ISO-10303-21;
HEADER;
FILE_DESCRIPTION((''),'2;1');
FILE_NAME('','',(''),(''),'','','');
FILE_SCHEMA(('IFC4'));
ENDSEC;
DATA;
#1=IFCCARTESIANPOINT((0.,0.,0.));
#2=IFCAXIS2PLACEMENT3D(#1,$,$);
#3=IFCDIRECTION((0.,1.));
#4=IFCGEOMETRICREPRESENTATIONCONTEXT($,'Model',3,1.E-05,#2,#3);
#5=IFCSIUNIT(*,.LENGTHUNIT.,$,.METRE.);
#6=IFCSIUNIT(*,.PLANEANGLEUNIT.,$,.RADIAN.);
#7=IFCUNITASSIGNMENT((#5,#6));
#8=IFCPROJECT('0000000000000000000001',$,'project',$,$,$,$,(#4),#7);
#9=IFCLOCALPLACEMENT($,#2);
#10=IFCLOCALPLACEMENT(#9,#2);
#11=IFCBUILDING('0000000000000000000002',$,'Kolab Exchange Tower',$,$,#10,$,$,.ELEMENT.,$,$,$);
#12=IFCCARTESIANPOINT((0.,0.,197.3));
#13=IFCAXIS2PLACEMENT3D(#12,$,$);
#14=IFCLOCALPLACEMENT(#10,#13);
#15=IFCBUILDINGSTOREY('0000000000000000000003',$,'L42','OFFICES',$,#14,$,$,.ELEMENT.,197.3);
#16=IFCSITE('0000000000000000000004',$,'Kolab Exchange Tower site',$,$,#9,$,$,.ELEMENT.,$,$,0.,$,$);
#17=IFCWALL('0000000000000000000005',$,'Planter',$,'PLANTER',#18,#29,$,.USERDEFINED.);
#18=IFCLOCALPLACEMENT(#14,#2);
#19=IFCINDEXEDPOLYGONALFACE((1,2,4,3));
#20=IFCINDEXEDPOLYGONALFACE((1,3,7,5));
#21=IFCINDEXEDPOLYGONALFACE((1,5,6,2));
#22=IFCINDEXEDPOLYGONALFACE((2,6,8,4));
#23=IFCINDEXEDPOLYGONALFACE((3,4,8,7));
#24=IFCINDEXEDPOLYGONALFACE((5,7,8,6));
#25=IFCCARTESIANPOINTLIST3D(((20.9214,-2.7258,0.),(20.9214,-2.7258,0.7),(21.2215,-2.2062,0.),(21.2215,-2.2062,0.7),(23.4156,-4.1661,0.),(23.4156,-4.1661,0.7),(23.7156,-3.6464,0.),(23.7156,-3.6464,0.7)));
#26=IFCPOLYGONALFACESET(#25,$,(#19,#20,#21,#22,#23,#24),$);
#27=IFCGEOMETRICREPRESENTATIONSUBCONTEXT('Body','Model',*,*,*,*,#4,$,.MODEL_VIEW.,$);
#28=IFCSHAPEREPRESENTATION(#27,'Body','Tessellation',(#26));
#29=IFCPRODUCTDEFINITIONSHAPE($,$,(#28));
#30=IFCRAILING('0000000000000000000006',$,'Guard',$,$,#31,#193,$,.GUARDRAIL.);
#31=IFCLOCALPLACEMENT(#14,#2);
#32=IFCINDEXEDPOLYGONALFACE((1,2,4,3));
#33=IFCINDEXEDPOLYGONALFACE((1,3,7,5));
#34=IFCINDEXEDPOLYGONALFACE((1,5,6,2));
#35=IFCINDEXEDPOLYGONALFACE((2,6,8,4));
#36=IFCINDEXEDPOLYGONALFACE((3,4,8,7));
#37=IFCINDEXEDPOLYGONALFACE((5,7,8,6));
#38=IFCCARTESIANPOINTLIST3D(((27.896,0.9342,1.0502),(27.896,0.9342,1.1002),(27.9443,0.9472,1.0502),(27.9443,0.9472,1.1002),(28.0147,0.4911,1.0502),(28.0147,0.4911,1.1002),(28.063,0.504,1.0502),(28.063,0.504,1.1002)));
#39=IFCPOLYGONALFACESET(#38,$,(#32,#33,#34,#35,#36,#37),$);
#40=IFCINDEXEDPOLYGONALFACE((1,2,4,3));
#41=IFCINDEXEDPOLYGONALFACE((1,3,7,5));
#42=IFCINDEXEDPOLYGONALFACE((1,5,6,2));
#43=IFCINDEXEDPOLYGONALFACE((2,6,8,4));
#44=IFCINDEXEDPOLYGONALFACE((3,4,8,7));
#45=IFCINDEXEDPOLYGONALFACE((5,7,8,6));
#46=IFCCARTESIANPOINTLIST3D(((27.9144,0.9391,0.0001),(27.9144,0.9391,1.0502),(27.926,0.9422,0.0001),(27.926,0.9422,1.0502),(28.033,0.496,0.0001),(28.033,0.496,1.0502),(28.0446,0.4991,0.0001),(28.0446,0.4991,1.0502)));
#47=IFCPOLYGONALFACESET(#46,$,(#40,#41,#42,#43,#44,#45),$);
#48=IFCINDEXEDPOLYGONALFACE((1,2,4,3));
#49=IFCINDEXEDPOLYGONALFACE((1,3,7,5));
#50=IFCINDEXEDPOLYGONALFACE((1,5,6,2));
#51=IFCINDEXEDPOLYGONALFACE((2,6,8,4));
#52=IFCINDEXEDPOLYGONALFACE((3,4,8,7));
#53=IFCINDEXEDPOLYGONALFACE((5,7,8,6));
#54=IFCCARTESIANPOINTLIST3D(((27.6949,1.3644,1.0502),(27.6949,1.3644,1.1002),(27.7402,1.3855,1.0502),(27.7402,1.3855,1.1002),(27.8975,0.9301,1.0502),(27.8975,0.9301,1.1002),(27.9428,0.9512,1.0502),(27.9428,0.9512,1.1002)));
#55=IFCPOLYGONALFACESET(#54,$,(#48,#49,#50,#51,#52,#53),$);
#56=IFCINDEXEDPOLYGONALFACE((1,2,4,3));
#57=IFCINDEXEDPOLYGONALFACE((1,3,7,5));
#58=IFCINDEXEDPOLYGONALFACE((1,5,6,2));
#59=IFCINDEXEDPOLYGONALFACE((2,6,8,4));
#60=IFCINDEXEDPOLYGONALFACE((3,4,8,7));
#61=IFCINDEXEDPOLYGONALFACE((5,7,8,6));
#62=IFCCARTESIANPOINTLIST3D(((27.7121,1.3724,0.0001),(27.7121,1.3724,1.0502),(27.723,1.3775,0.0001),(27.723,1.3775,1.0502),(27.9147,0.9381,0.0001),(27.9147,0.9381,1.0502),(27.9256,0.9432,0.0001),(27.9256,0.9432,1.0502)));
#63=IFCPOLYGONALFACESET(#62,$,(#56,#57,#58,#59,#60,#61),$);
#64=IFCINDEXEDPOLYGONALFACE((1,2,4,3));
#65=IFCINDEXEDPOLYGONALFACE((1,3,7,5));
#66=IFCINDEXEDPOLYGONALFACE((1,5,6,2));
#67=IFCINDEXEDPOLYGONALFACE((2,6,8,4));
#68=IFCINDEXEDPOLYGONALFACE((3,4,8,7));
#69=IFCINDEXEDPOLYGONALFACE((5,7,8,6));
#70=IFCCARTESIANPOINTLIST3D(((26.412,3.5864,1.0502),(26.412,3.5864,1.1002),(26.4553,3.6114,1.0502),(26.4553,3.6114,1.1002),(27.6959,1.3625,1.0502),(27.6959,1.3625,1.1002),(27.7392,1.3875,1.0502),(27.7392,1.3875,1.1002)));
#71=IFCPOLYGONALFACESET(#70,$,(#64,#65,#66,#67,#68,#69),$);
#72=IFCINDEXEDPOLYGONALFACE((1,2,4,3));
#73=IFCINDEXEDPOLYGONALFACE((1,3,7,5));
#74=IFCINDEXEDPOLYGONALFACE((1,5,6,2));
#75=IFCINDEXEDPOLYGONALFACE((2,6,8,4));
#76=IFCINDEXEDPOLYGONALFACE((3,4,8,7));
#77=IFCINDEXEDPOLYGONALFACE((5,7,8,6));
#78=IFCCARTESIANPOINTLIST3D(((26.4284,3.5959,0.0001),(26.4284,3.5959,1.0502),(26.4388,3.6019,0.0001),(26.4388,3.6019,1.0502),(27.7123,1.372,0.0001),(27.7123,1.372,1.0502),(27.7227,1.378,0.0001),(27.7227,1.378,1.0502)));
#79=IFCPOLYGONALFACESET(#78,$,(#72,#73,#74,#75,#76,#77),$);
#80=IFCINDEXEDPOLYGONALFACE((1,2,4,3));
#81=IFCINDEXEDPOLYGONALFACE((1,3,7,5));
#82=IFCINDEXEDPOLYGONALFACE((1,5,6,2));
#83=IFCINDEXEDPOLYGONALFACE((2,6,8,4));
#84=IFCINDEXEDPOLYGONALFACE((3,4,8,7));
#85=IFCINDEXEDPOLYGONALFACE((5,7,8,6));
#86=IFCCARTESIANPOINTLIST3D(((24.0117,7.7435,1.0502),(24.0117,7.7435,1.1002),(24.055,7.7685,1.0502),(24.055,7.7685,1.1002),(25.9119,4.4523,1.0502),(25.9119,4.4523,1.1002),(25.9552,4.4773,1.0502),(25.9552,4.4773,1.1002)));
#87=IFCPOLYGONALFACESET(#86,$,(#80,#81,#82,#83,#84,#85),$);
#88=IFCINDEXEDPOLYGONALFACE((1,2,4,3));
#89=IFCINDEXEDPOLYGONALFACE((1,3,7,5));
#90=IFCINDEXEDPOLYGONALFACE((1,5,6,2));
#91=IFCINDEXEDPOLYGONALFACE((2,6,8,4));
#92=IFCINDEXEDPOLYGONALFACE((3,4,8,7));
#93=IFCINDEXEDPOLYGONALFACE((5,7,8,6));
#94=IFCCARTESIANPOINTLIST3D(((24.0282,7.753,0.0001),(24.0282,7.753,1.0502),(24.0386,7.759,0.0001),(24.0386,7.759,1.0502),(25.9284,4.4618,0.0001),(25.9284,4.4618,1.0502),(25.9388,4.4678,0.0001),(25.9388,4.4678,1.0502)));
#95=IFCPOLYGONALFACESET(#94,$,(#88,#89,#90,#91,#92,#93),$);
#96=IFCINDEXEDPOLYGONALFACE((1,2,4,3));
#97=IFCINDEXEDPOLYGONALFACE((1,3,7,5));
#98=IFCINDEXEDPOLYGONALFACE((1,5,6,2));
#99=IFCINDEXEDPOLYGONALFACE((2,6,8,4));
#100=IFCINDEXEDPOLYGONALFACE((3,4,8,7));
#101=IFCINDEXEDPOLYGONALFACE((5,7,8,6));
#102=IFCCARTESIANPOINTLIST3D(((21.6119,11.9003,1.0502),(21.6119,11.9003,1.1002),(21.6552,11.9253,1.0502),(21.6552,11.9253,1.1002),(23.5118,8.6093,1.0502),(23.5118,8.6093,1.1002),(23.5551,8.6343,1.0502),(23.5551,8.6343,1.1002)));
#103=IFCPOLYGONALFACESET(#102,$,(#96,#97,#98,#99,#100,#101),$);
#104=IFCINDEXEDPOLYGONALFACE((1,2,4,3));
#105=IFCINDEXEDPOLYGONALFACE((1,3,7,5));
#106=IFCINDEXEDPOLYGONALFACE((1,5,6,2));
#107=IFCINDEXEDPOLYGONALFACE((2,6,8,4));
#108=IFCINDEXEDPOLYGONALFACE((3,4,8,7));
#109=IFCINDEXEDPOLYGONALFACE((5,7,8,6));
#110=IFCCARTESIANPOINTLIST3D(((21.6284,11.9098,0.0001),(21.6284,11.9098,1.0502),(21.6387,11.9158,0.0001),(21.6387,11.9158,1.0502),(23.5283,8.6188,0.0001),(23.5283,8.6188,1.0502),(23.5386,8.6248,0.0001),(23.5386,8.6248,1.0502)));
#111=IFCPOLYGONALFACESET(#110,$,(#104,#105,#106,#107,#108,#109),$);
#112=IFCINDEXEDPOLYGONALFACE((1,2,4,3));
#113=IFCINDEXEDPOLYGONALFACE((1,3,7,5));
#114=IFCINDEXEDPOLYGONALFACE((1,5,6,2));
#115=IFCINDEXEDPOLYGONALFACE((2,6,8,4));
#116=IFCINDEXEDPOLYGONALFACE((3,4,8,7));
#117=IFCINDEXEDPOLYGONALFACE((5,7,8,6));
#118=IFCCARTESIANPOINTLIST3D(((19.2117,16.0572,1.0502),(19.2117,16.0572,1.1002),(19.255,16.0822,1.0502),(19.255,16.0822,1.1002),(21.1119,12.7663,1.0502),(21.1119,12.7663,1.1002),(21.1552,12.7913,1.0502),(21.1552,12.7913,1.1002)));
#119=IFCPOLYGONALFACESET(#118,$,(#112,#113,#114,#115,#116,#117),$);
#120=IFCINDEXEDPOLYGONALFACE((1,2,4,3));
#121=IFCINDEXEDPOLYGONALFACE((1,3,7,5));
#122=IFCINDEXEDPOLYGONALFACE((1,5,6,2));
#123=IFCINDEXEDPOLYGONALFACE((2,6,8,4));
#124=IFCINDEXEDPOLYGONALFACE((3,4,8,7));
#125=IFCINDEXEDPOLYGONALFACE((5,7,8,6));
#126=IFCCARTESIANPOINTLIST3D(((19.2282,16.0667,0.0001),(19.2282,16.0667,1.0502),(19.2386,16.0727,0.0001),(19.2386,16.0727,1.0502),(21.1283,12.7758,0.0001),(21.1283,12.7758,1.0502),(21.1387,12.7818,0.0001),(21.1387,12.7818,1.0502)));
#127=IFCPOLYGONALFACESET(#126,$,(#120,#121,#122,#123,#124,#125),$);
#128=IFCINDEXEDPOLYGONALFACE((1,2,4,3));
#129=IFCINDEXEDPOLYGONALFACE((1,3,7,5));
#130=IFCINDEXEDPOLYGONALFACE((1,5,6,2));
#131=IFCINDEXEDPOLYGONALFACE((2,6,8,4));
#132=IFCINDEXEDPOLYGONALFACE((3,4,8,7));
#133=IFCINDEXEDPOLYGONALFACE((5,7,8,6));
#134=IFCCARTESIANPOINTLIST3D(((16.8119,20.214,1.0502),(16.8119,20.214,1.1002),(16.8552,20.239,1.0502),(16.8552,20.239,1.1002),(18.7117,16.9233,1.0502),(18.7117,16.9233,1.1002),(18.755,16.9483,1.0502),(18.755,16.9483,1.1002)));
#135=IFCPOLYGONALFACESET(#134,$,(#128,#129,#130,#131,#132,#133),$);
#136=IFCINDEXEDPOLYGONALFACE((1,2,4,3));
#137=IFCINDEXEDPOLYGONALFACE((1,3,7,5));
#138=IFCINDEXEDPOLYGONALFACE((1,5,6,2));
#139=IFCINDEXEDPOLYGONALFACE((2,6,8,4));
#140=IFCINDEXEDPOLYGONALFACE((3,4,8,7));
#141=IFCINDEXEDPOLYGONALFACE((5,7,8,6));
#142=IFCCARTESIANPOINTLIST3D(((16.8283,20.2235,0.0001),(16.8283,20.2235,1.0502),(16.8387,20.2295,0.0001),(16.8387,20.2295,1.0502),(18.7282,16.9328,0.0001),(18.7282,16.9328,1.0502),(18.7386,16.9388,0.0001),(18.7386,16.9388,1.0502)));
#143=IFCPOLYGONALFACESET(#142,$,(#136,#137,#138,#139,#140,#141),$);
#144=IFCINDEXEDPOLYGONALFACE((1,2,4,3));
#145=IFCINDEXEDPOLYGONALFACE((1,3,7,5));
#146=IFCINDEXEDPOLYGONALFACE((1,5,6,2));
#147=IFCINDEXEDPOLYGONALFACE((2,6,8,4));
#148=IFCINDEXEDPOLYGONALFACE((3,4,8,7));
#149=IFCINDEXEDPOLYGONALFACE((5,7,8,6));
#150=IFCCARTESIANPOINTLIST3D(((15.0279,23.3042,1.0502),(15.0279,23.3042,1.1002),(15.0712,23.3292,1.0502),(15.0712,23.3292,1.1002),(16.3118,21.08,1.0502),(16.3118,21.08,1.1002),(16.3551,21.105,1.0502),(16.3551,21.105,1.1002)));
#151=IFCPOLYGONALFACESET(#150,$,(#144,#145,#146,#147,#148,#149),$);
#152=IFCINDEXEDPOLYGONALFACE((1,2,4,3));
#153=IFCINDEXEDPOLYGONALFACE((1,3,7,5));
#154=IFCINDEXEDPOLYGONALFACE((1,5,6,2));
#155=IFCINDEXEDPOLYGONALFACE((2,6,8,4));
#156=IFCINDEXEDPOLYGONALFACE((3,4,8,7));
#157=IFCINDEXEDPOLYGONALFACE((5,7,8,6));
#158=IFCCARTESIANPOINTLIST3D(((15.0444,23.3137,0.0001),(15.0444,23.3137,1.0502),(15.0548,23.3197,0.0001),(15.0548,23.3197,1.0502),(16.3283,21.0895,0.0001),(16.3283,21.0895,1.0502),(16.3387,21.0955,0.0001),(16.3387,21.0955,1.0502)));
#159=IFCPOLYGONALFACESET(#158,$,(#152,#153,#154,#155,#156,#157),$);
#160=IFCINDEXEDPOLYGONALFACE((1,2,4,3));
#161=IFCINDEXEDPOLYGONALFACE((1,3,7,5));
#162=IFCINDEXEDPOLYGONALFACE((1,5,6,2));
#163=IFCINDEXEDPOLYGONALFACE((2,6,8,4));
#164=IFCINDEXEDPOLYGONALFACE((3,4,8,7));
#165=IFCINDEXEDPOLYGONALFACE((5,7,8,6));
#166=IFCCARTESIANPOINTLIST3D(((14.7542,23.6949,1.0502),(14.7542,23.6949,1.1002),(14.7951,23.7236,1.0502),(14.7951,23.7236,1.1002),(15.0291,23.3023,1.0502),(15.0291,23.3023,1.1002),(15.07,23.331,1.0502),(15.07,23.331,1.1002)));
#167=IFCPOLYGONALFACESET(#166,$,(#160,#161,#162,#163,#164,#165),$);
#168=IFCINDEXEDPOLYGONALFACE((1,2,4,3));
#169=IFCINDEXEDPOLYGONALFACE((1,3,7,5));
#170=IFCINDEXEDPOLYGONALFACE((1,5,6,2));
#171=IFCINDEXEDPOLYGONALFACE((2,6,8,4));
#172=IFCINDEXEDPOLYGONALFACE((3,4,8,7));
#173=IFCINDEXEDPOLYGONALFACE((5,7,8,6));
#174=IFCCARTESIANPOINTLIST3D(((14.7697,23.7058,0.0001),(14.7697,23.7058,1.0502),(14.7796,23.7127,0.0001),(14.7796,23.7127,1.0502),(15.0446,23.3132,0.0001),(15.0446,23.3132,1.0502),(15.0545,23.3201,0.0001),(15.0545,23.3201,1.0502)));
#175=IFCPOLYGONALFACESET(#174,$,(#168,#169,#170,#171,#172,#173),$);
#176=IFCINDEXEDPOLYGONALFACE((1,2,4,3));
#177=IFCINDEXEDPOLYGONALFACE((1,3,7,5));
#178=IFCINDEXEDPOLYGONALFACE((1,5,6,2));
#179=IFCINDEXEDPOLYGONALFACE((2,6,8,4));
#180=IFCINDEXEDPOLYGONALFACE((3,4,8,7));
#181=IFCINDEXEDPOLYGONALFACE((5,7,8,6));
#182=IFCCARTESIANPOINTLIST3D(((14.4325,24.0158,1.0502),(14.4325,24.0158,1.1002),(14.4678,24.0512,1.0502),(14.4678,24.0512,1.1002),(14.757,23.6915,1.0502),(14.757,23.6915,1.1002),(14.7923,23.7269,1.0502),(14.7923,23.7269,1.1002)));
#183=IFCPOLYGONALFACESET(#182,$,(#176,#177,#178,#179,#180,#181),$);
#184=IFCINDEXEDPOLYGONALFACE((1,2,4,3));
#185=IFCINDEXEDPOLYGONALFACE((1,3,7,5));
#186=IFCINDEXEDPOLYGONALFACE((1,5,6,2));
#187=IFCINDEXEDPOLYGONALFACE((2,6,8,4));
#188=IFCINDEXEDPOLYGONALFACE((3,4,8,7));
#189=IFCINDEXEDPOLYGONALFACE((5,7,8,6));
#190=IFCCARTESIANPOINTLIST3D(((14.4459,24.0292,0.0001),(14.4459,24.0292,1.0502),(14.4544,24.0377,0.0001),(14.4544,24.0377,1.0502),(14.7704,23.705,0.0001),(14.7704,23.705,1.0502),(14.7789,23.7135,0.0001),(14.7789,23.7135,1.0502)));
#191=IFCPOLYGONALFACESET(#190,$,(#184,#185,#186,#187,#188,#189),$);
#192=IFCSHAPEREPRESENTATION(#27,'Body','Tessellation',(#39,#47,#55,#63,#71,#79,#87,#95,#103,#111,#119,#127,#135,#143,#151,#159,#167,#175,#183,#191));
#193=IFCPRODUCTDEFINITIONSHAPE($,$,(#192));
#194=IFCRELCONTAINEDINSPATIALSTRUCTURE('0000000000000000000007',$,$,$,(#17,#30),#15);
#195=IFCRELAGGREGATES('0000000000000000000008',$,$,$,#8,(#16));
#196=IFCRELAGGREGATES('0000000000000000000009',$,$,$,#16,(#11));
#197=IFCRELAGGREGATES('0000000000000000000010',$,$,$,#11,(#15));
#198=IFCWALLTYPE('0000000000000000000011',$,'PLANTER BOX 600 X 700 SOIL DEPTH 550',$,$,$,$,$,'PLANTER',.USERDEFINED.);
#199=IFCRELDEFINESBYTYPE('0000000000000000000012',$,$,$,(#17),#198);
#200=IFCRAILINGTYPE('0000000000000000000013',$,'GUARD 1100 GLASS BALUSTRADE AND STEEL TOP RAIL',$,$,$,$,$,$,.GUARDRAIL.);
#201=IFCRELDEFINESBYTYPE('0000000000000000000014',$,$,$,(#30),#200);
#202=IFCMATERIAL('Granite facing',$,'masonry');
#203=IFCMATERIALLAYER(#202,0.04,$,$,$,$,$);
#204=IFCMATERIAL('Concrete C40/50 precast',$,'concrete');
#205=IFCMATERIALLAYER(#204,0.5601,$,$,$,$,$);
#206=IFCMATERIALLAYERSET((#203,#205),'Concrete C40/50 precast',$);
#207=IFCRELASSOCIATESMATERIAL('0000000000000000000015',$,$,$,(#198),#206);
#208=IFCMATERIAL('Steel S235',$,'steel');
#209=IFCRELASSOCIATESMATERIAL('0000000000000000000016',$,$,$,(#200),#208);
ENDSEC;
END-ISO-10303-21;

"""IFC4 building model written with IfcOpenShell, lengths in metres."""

from ifc_helpers import new_model, si_unit, direction, frame, frame_2d, origin, origin_2d, place, context, subcontext, project, spatial, rectangle, extrude, material, layer, layer_set, type_object, element, save


model = new_model("IFC4")

# Units and contexts
model_context = context("Model", 3, precision=1e-05, world=origin(), true_north=direction((0.0, 1.0)))
body_context = subcontext(model_context, "Body", "Model", "MODEL_VIEW")
ifc_project = project(units=[si_unit("LENGTHUNIT", "METRE"), si_unit("PLANEANGLEUNIT", "RADIAN")], contexts=[model_context])

# Site, building, storey
site_placement = place(None, origin())
site = spatial("IfcSite", under=ifc_project, at=site_placement, Name="Kolab Exchange Tower site", CompositionType="ELEMENT", RefElevation=0.0)
building_placement = place(site_placement, origin())
building = spatial("IfcBuilding", under=site, at=building_placement, Name="Kolab Exchange Tower", CompositionType="ELEMENT")
storey_placement = place(building_placement, frame((0.0, 0.0, 197.3)))
storey = spatial("IfcBuildingStorey", under=building, at=storey_placement, Name="L42", Description="OFFICES", CompositionType="ELEMENT", Elevation=197.3)

# Wall
ifc_material_1 = material(Name="Granite facing", Category="masonry")
ifc_layer_1 = layer(ifc_material_1, 0.04)
ifc_material_2 = material(Name="Concrete C40/50 precast", Category="concrete")
ifc_layer_2 = layer(ifc_material_2, 0.5601)
ifc_layer_set_1 = layer_set([ifc_layer_1, ifc_layer_2], Name="Concrete C40/50 precast")
wall_type_1 = type_object("IfcWallType", Name="PLANTER BOX 600 X 700 SOIL DEPTH 550", ElementType="PLANTER", PredefinedType="USERDEFINED", material=ifc_layer_set_1)
wall_1_placement = place(storey_placement, frame((21.0715, -2.4661, 0.0), z_axis=(0.0, 0.0, 1.0), x_axis=(0.865996, -0.50005, 0.0)))
element("IfcWall", 1, at=wall_1_placement, inside=storey, type_object=wall_type_1, Name="Planter", ObjectType="PLANTER", PredefinedType="USERDEFINED", context=body_context, shape_type="SweptSolid", body=[
    extrude(rectangle(XDim=2.8801, YDim=0.6001, at=frame_2d((1.4399, 0.0))), origin(), (0.0, 0.0, 1.0), 0.7),
])

# Railing
ifc_material_3 = material(Name="Steel S235", Category="steel")
railing_type = type_object("IfcRailingType", Name="GUARD 1100 GLASS BALUSTRADE AND STEEL TOP RAIL", PredefinedType="GUARDRAIL", material=ifc_material_3)
railing_1_placement = place(storey_placement, frame((28.0388, 0.4976, 0.0)))
element("IfcRailing", 2, at=railing_1_placement, inside=storey, type_object=railing_type, Name="Guard", PredefinedType="GUARDRAIL", context=body_context, shape_type="SweptSolid", body=[
    extrude(rectangle(XDim=0.05, YDim=0.05, at=origin_2d()), frame((0.0, 0.0, 1.0752), z_axis=(-0.258656, 0.965969, 0.0), x_axis=(-0.965969, -0.258656, 0.0)), (0.0, 0.0, 1.0), 0.4587),
    extrude(rectangle(XDim=0.012, YDim=1.0501, at=frame_2d((0.0, 0.5251))), frame((0.0, 0.0, 0.0), z_axis=(-0.258656, 0.965969, 0.0), x_axis=(-0.965969, -0.258656, 0.0)), (0.0, 0.0, 1.0), 0.4587),
    extrude(rectangle(XDim=0.05, YDim=0.05, at=origin_2d()), frame((-0.1187, 0.4431, 1.0752), z_axis=(-0.422802, 0.906222, 0.0), x_axis=(-0.906222, -0.422802, 0.0)), (0.0, 0.0, 1.0), 0.4792),
    extrude(rectangle(XDim=0.012, YDim=1.0501, at=frame_2d((0.0, 0.5251))), frame((-0.1187, 0.4431, 0.0), z_axis=(-0.422802, 0.906222, 0.0), x_axis=(-0.906222, -0.422802, 0.0)), (0.0, 0.0, 1.0), 0.4792),
    extrude(rectangle(XDim=0.05, YDim=0.05, at=origin_2d()), frame((-0.3213, 0.8774, 1.0752), z_axis=(-0.499994, 0.866029, 0.0), x_axis=(-0.866029, -0.499994, 0.0)), (0.0, 0.0, 1.0), 2.5679),
    extrude(rectangle(XDim=0.012, YDim=1.0501, at=frame_2d((0.0, 0.5251))), frame((-0.3213, 0.8774, 0.0), z_axis=(-0.499994, 0.866029, 0.0), x_axis=(-0.866029, -0.499994, 0.0)), (0.0, 0.0, 1.0), 2.5679),
    extrude(rectangle(XDim=0.05, YDim=0.05, at=origin_2d()), frame((-2.1052, 3.9673, 1.0752), z_axis=(-0.500015, 0.866017, 0.0), x_axis=(-0.866017, -0.500015, 0.0)), (0.0, 0.0, 1.0), 3.8003),
    extrude(rectangle(XDim=0.012, YDim=1.0501, at=frame_2d((0.0, 0.5251))), frame((-2.1052, 3.9673, 0.0), z_axis=(-0.500015, 0.866017, 0.0), x_axis=(-0.866017, -0.500015, 0.0)), (0.0, 0.0, 1.0), 3.8003),
    extrude(rectangle(XDim=0.05, YDim=0.05, at=origin_2d()), frame((-4.5054, 8.1243, 1.0752), z_axis=(-0.499967, 0.866044, 0.0), x_axis=(-0.866044, -0.499967, 0.0)), (0.0, 0.0, 1.0), 3.8),
    extrude(rectangle(XDim=0.012, YDim=1.0501, at=frame_2d((0.0, 0.5251))), frame((-4.5054, 8.1243, 0.0), z_axis=(-0.499967, 0.866044, 0.0), x_axis=(-0.866044, -0.499967, 0.0)), (0.0, 0.0, 1.0), 3.8),
    extrude(rectangle(XDim=0.05, YDim=0.05, at=origin_2d()), frame((-6.9053, 12.2812, 1.0752), z_axis=(-0.500043, 0.866, 0.0), x_axis=(-0.866, -0.500043, 0.0)), (0.0, 0.0, 1.0), 3.8),
    extrude(rectangle(XDim=0.012, YDim=1.0501, at=frame_2d((0.0, 0.5251))), frame((-6.9053, 12.2812, 0.0), z_axis=(-0.500043, 0.866, 0.0), x_axis=(-0.866, -0.500043, 0.0)), (0.0, 0.0, 1.0), 3.8),
    extrude(rectangle(XDim=0.05, YDim=0.05, at=origin_2d()), frame((-9.3054, 16.4382, 1.0752), z_axis=(-0.499995, 0.866028, 0.0), x_axis=(-0.866028, -0.499995, 0.0)), (0.0, 0.0, 1.0), 3.7998),
    extrude(rectangle(XDim=0.012, YDim=1.0501, at=frame_2d((0.0, 0.5251))), frame((-9.3054, 16.4382, 0.0), z_axis=(-0.499995, 0.866028, 0.0), x_axis=(-0.866028, -0.499995, 0.0)), (0.0, 0.0, 1.0), 3.7998),
    extrude(rectangle(XDim=0.05, YDim=0.05, at=origin_2d()), frame((-11.7053, 20.595, 1.0752), z_axis=(-0.499953, 0.866053, 0.0), x_axis=(-0.866053, -0.499953, 0.0)), (0.0, 0.0, 1.0), 2.5681),
    extrude(rectangle(XDim=0.012, YDim=1.0501, at=frame_2d((0.0, 0.5251))), frame((-11.7053, 20.595, 0.0), z_axis=(-0.499953, 0.866053, 0.0), x_axis=(-0.866053, -0.499953, 0.0)), (0.0, 0.0, 1.0), 2.5681),
    extrude(rectangle(XDim=0.05, YDim=0.05, at=origin_2d()), frame((-12.9893, 22.8191, 1.0752), z_axis=(-0.573599, 0.819136, 0.0), x_axis=(-0.819136, -0.573599, 0.0)), (0.0, 0.0, 1.0), 0.4792),
    extrude(rectangle(XDim=0.012, YDim=1.0501, at=frame_2d((0.0, 0.5251))), frame((-12.9893, 22.8191, 0.0), z_axis=(-0.573599, 0.819136, 0.0), x_axis=(-0.819136, -0.573599, 0.0)), (0.0, 0.0, 1.0), 0.4792),
    extrude(rectangle(XDim=0.05, YDim=0.05, at=origin_2d()), frame((-13.2642, 23.2117, 1.0752), z_axis=(-0.707373, 0.706841, 0.0), x_axis=(-0.706841, -0.707373, 0.0)), (0.0, 0.0, 1.0), 0.4587),
    extrude(rectangle(XDim=0.012, YDim=1.0501, at=frame_2d((0.0, 0.5251))), frame((-13.2642, 23.2117, 0.0), z_axis=(-0.707373, 0.706841, 0.0), x_axis=(-0.706841, -0.707373, 0.0)), (0.0, 0.0, 1.0), 0.4587),
])

save(model, "model.ifc")
